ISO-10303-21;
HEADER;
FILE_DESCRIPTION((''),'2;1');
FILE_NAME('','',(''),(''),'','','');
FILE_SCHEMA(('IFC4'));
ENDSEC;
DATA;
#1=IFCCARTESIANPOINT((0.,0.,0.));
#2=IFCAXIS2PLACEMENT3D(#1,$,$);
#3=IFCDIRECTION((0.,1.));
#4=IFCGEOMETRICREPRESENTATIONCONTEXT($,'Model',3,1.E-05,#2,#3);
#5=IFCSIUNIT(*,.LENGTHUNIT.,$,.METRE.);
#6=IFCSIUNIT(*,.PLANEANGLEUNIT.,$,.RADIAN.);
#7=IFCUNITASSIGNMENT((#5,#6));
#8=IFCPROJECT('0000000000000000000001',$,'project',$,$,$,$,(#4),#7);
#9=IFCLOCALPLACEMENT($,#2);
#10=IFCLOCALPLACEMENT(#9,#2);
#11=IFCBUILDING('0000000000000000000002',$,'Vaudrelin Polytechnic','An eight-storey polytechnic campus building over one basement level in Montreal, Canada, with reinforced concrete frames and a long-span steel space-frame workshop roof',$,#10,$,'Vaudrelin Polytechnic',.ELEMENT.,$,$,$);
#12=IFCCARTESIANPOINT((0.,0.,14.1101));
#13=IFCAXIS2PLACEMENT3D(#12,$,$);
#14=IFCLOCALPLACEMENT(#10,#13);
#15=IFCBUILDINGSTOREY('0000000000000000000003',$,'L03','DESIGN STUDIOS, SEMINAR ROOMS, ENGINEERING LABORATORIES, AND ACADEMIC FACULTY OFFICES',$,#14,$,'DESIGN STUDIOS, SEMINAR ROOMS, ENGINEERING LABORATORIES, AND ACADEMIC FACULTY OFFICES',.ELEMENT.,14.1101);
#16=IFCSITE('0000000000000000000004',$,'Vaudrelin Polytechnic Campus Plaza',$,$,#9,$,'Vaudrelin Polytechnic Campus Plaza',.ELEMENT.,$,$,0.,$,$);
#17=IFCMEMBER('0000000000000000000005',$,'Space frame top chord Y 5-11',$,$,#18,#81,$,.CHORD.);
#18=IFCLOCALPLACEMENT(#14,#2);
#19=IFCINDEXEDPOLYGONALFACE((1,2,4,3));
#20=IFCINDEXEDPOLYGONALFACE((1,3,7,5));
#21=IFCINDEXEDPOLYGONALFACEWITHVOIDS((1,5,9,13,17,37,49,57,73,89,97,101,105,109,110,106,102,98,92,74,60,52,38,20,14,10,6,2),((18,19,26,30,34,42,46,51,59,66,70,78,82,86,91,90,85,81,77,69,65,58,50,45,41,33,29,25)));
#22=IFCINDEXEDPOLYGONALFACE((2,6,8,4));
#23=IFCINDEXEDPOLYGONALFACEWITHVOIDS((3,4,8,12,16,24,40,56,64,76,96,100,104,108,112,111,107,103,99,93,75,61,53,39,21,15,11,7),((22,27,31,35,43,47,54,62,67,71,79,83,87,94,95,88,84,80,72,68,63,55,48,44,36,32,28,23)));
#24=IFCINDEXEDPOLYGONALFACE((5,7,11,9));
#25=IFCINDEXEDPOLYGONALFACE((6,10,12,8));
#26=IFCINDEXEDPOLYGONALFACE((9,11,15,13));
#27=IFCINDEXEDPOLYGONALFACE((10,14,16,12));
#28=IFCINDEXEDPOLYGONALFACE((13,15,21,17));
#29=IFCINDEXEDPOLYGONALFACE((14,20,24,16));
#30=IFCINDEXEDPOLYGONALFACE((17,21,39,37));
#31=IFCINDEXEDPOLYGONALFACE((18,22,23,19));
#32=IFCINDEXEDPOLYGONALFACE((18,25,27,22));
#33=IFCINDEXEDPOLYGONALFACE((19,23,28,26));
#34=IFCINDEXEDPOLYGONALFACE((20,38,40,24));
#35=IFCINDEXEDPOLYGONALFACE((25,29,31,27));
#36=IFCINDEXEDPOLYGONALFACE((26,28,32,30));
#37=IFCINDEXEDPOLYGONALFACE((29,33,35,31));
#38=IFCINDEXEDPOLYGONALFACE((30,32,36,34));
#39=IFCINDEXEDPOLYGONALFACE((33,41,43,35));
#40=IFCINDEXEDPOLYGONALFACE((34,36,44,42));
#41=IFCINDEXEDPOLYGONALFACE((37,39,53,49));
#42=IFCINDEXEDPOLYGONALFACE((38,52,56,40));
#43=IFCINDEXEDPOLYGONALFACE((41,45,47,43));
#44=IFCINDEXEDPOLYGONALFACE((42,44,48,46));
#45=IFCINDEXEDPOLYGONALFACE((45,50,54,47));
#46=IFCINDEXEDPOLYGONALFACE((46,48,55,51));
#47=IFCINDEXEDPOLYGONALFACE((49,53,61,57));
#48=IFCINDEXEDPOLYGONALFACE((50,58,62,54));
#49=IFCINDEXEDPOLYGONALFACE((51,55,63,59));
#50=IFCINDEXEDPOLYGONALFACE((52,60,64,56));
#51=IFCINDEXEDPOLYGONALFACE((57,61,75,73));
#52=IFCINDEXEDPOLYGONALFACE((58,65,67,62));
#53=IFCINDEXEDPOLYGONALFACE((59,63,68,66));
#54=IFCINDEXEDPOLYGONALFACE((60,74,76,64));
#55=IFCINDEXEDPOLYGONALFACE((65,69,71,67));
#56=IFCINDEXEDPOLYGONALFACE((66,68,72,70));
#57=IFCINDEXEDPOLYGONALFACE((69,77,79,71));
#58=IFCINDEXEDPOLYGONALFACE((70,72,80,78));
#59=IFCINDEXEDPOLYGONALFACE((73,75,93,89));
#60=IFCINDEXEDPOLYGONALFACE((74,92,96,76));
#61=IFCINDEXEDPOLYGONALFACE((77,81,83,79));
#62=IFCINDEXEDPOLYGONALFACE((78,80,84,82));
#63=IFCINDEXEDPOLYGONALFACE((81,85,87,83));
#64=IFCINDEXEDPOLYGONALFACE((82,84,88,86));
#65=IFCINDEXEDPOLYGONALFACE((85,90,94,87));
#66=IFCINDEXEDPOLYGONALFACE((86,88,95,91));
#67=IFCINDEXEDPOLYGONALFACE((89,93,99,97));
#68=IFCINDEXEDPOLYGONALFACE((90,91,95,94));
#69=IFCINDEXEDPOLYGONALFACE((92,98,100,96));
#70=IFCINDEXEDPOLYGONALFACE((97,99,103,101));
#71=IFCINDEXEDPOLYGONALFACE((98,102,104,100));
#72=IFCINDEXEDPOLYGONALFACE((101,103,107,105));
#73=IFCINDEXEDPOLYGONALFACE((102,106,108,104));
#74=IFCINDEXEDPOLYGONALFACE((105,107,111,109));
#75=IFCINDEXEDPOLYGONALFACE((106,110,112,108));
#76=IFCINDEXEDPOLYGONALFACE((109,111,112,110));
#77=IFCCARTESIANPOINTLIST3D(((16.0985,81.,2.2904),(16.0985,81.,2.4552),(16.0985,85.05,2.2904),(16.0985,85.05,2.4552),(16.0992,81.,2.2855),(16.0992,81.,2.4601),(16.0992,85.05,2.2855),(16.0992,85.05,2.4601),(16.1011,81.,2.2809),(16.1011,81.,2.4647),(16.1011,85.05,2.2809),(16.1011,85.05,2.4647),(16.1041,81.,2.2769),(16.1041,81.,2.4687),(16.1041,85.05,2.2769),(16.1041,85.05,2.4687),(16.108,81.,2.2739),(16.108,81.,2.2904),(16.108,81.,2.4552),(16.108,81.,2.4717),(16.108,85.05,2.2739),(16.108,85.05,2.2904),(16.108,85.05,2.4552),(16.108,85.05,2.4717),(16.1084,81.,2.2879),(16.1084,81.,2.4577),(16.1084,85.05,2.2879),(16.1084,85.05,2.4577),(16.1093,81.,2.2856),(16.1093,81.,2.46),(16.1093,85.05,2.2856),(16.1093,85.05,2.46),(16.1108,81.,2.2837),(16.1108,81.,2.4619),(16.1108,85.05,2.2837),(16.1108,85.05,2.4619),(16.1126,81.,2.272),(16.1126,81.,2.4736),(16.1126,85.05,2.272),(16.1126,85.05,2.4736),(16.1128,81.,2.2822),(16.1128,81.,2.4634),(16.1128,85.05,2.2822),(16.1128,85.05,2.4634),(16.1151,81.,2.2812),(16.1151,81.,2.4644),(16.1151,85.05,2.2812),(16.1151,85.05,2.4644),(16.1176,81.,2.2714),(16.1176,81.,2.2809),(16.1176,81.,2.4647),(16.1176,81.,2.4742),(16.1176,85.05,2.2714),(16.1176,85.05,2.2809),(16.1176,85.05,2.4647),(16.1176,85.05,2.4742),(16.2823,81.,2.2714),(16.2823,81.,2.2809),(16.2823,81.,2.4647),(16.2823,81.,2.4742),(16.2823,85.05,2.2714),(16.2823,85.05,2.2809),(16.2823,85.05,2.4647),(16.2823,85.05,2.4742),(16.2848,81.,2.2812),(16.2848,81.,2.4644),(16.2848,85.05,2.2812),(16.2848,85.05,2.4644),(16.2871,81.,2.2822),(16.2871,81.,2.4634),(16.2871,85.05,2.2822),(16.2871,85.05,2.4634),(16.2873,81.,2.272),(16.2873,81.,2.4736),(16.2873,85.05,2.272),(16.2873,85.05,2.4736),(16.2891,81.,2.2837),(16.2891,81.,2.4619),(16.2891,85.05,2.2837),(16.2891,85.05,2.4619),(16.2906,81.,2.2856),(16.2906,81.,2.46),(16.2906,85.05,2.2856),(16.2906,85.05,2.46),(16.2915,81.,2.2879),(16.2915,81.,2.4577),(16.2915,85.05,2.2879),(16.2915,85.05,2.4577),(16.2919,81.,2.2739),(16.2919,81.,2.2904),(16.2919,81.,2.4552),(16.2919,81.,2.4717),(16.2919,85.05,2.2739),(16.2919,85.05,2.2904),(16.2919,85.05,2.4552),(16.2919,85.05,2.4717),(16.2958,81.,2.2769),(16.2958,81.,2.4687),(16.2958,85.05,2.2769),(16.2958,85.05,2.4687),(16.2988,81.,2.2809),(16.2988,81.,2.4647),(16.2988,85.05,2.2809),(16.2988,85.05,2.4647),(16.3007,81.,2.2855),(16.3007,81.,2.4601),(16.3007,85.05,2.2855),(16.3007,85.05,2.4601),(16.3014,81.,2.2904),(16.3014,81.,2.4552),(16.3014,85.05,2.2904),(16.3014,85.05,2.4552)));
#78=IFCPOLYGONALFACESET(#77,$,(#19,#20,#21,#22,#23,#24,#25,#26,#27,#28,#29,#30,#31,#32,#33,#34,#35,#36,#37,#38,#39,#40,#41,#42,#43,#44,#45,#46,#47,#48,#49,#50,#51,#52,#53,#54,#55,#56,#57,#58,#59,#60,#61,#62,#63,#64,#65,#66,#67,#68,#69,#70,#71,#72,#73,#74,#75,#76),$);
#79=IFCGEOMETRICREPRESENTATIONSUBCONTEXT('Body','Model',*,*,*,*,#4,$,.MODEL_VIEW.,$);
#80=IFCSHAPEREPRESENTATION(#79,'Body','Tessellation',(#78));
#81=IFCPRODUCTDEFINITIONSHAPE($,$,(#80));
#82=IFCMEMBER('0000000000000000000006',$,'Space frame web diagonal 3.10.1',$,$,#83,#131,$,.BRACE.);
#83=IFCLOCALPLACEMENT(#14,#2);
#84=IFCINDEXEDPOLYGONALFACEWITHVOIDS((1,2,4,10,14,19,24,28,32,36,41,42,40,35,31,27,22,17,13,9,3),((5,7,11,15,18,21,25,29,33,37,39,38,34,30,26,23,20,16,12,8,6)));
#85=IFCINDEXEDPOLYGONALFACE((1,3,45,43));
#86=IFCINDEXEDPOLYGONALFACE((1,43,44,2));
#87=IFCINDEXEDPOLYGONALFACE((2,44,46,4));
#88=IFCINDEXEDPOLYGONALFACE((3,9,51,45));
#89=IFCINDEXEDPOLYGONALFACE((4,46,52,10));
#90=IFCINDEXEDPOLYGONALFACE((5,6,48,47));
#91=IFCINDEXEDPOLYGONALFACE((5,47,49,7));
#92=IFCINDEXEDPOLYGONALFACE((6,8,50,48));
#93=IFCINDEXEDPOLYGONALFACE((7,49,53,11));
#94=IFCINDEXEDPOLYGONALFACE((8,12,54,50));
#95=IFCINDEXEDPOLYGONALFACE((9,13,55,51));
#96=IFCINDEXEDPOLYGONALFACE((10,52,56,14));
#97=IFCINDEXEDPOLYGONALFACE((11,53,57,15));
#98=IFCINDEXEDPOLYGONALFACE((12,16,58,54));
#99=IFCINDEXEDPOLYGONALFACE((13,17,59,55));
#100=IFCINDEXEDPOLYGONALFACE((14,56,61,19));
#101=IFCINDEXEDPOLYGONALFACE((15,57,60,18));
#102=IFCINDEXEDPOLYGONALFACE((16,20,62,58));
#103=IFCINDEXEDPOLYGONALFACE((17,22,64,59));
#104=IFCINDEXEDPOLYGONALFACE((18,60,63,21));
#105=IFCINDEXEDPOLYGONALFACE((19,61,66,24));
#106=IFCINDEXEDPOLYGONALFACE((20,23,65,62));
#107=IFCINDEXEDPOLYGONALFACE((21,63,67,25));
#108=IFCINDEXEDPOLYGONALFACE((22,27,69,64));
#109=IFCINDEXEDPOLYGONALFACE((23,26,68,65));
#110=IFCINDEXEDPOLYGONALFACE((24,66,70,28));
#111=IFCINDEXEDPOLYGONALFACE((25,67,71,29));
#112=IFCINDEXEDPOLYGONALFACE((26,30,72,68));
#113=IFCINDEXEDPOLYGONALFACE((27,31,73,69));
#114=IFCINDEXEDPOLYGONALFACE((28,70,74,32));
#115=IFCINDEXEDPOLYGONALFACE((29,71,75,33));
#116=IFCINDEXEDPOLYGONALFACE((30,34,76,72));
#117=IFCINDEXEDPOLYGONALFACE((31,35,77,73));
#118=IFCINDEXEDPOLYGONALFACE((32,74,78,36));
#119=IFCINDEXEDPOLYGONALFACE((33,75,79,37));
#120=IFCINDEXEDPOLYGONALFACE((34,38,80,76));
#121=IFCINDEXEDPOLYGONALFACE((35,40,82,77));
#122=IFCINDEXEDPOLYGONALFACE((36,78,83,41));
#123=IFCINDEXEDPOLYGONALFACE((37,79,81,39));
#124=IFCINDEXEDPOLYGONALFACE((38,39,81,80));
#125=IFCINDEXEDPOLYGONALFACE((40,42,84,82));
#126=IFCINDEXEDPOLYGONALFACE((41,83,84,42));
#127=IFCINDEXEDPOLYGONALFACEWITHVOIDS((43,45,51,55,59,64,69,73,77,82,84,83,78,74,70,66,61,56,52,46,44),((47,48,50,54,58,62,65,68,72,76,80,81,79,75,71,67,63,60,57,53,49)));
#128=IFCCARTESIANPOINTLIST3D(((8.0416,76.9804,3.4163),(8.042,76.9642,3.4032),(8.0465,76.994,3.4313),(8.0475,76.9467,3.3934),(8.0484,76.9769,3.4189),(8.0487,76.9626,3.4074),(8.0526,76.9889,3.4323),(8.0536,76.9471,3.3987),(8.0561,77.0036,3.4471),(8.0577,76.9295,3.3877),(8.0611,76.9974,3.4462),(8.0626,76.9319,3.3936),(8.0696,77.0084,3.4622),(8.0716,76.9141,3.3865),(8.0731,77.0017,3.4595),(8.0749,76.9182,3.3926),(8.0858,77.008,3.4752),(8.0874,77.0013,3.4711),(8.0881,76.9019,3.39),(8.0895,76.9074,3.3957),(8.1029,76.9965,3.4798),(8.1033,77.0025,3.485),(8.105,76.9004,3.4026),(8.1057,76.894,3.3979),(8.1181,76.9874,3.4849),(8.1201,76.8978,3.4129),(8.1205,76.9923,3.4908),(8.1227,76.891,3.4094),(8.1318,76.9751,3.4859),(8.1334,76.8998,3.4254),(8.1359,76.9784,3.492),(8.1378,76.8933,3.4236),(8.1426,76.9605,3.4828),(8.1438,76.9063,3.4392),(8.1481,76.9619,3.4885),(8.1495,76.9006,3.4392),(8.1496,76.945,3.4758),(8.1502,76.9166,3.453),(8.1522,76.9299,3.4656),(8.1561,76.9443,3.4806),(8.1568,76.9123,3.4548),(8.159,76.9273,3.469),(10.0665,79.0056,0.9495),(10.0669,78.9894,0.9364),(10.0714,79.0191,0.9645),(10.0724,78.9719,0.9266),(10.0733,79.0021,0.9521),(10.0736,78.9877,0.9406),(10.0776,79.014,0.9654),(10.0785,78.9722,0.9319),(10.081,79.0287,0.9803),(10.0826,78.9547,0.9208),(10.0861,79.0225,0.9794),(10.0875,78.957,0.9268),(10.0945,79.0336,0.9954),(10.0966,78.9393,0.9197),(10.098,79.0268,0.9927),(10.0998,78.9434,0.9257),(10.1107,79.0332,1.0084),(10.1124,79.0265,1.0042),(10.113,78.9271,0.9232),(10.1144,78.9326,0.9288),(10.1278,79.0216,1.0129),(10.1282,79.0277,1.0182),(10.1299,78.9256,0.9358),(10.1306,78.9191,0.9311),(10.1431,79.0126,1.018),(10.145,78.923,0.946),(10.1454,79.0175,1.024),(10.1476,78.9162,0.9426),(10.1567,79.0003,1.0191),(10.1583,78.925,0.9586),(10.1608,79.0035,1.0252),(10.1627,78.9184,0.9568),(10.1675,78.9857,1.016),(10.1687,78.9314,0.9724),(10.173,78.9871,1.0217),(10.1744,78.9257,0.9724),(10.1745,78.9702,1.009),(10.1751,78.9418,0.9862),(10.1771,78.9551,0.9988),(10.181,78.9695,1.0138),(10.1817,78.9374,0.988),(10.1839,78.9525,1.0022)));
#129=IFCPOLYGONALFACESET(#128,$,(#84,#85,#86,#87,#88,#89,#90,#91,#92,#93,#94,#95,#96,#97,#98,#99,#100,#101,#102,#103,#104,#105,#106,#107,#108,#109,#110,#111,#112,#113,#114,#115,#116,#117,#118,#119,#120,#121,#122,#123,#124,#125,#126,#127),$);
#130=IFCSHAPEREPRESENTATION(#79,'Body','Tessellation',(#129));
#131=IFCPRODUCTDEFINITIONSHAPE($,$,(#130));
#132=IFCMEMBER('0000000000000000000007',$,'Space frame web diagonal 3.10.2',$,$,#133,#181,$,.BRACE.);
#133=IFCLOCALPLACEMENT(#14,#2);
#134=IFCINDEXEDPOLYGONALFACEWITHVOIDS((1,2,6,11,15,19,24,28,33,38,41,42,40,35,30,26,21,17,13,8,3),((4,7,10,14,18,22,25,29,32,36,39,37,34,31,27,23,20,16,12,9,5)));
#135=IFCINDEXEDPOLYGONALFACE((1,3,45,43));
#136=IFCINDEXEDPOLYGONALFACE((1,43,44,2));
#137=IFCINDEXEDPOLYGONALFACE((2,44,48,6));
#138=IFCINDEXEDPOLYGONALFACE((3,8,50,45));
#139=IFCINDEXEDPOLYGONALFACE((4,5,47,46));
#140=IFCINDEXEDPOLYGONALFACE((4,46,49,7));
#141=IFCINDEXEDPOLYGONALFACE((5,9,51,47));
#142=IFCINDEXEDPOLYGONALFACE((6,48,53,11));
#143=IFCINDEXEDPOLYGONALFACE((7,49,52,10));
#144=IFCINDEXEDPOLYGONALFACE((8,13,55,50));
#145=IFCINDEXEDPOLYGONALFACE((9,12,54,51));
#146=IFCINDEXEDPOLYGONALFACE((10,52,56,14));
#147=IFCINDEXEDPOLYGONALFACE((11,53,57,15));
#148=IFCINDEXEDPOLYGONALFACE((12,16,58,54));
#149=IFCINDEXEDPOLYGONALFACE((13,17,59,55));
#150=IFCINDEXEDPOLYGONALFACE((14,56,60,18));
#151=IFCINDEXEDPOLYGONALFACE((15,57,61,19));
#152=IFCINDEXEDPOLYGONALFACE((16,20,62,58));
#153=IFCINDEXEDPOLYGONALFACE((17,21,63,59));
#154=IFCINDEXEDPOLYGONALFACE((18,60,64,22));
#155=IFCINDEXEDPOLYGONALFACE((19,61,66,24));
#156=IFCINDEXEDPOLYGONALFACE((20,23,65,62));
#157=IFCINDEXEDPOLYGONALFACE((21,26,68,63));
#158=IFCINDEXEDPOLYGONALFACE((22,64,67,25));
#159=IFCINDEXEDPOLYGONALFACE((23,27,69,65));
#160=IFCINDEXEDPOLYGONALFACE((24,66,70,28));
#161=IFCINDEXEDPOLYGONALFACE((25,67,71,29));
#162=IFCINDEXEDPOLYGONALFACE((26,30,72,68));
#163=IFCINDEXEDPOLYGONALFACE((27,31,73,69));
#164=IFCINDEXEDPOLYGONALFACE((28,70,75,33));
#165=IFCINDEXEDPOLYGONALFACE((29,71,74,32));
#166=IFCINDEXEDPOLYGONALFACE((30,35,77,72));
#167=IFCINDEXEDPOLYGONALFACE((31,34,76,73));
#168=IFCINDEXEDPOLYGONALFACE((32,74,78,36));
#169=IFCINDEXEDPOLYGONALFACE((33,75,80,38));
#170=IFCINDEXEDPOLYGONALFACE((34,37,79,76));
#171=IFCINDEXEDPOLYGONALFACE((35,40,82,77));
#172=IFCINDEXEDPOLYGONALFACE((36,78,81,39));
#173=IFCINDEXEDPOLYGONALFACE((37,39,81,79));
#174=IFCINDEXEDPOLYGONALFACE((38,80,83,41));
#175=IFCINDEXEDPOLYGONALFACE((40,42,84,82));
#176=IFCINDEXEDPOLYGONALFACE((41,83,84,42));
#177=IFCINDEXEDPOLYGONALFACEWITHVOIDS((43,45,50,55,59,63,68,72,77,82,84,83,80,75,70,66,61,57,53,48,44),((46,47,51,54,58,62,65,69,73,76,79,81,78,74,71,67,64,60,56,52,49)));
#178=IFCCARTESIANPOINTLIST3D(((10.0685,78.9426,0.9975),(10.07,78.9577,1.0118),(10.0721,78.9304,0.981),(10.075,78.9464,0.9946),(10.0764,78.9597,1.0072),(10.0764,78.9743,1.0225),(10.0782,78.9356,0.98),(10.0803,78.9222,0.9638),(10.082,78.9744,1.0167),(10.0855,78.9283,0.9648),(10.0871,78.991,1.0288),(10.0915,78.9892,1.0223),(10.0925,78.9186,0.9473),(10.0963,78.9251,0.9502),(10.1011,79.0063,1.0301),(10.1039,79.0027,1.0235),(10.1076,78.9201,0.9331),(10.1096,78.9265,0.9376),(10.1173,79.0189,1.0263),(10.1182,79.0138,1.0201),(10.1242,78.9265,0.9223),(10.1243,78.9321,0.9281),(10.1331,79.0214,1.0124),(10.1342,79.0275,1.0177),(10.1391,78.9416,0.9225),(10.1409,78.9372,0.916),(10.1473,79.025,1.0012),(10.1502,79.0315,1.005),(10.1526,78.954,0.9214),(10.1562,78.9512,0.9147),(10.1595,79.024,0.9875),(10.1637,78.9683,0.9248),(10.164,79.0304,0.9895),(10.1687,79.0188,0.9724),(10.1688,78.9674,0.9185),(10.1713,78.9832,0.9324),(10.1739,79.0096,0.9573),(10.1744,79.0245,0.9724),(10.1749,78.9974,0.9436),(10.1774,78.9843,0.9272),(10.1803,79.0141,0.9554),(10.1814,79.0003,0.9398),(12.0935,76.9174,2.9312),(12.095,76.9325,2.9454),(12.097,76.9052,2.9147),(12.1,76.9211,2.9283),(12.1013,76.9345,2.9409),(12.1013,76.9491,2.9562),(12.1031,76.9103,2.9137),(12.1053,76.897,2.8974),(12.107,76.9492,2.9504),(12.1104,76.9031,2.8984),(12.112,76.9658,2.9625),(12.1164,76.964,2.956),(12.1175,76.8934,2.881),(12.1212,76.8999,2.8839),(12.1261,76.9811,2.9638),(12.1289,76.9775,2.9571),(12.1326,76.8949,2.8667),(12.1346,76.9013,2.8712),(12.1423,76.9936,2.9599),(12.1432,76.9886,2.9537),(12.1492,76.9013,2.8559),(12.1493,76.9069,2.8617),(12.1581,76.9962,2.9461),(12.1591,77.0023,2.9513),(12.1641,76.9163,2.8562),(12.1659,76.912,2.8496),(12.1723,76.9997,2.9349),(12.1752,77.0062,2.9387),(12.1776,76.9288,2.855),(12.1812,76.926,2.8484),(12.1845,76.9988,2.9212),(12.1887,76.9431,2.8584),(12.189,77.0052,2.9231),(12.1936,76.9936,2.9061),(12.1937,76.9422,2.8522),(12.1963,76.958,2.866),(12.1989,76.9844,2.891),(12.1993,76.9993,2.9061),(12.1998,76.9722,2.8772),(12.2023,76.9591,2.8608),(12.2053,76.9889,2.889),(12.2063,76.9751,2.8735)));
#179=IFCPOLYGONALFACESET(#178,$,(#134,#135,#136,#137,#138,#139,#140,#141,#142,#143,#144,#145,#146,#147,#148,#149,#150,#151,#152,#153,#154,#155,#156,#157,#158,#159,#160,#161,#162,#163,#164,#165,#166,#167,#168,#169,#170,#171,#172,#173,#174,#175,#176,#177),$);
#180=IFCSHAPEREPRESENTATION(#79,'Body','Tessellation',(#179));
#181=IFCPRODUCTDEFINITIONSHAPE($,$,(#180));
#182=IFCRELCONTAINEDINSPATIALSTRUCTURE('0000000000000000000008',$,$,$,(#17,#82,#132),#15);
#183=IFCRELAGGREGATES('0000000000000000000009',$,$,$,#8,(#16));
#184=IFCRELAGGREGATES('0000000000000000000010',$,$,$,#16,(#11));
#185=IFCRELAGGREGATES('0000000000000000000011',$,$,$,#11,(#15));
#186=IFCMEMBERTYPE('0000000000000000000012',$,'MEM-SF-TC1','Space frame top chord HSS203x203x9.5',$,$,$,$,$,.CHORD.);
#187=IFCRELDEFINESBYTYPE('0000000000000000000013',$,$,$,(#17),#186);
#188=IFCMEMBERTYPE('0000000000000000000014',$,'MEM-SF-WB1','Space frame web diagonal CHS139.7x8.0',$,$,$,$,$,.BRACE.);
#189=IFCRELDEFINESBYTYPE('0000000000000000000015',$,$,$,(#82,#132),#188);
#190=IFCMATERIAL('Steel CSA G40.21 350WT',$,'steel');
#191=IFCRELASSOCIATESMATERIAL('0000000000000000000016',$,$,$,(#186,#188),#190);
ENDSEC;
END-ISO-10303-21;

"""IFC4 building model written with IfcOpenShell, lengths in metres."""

from ifc_helpers import new_model, si_unit, direction, frame, origin, origin_2d, place, context, subcontext, project, spatial, hollow_rectangle, hollow_circle, extrude, material, material_profile, profile_set, type_object, element, save


model = new_model("IFC4")

# Units and contexts
model_context = context("Model", 3, precision=1e-05, world=origin(), true_north=direction((0.0, 1.0)))
body_context = subcontext(model_context, "Body", "Model", "MODEL_VIEW")
ifc_project = project(units=[si_unit("LENGTHUNIT", "METRE"), si_unit("PLANEANGLEUNIT", "RADIAN")], contexts=[model_context])

# Site, building, storey
site_placement = place(None, origin())
site = spatial("IfcSite", under=ifc_project, at=site_placement, Name="Vaudrelin Polytechnic Campus Plaza", LongName="Vaudrelin Polytechnic Campus Plaza", CompositionType="ELEMENT", RefElevation=0.0)
building_placement = place(site_placement, origin())
building = spatial("IfcBuilding", under=site, at=building_placement, Name="Vaudrelin Polytechnic", Description="An eight-storey polytechnic campus building over one basement level in Montreal, Canada, with reinforced concrete frames and a long-span steel space-frame workshop roof", LongName="Vaudrelin Polytechnic", CompositionType="ELEMENT")
storey_placement = place(building_placement, frame((0.0, 0.0, 14.1101)))
storey = spatial("IfcBuildingStorey", under=building, at=storey_placement, Name="L03", Description="DESIGN STUDIOS, SEMINAR ROOMS, ENGINEERING LABORATORIES, AND ACADEMIC FACULTY OFFICES", LongName="DESIGN STUDIOS, SEMINAR ROOMS, ENGINEERING LABORATORIES, AND ACADEMIC FACULTY OFFICES", CompositionType="ELEMENT", Elevation=14.1101)

# Members
ifc_material = material(Name="Steel CSA G40.21 350WT", Category="steel")
ifc_material_profile_1 = material_profile(ifc_material, hollow_rectangle(XDim=0.2029, YDim=0.2029, WallThickness=0.0095, InnerFilletRadius=0.0095, OuterFilletRadius=0.019, at=origin_2d()), Name="HSS203x203x9.5")
ifc_profile_set_1 = profile_set([ifc_material_profile_1], Name="Steel CSA G40.21 350WT")
member_type_1 = type_object("IfcMemberType", Name="MEM-SF-TC1", Description="Space frame top chord HSS203x203x9.5", PredefinedType="CHORD", material=ifc_profile_set_1)
for number, where, z_axis, x_axis, name in (
    (1, (16.2, 81.0, 2.3728), (0.0, 1.0, 0.0), (-1.0, 0.0, 0.0), "Space frame top chord Y 5-11"),
):
    element("IfcMember", number, at=place(storey_placement, frame(where, z_axis=z_axis, x_axis=x_axis)), inside=storey, type_object=member_type_1, Name=name, PredefinedType="CHORD", context=body_context, shape_type="SweptSolid", body=[
        extrude(hollow_rectangle(XDim=0.2029, YDim=0.2029, WallThickness=0.0095, InnerFilletRadius=0.0095, OuterFilletRadius=0.019, at=origin_2d()), origin(), (0.0, 0.0, 1.0), 4.05),
    ])
ifc_material_profile_2 = material_profile(ifc_material, hollow_circle(Radius=0.0698, WallThickness=0.0081, at=origin_2d()), Name="CHS139.7x8.0")
ifc_profile_set_2 = profile_set([ifc_material_profile_2], Name="Steel CSA G40.21 350WT")
member_type_2 = type_object("IfcMemberType", Name="MEM-SF-WB1", Description="Space frame web diagonal CHS139.7x8.0", PredefinedType="BRACE", material=ifc_profile_set_2)
member_1_placement = place(storey_placement, frame((10.125, 78.9751, 0.9724), z_axis=(-0.535723, -0.535788, 0.652634), x_axis=(0.707149, -0.707064, 0.0)))
element("IfcMember", 2, at=member_1_placement, inside=storey, type_object=member_type_2, Name="Space frame web diagonal 3.10.1", PredefinedType="BRACE", context=body_context, shape_type="SweptSolid", body=[
    extrude(hollow_circle(Radius=0.0698, WallThickness=0.0081, at=origin_2d()), origin(), (0.0, 0.0, 1.0), 3.7798),
])
member_2_placement = place(storey_placement, frame((10.125, 78.9751, 0.9724), z_axis=(0.586, -0.586071, 0.559576), x_axis=(0.707149, 0.707064, 0.0)))
element("IfcMember", 3, at=member_2_placement, inside=storey, type_object=member_type_2, Name="Space frame web diagonal 3.10.2", PredefinedType="BRACE", context=body_context, shape_type="SweptSolid", body=[
    extrude(hollow_circle(Radius=0.0698, WallThickness=0.0081, at=origin_2d()), origin(), (0.0, 0.0, 1.0), 3.4556),
])

save(model, "model.ifc")
